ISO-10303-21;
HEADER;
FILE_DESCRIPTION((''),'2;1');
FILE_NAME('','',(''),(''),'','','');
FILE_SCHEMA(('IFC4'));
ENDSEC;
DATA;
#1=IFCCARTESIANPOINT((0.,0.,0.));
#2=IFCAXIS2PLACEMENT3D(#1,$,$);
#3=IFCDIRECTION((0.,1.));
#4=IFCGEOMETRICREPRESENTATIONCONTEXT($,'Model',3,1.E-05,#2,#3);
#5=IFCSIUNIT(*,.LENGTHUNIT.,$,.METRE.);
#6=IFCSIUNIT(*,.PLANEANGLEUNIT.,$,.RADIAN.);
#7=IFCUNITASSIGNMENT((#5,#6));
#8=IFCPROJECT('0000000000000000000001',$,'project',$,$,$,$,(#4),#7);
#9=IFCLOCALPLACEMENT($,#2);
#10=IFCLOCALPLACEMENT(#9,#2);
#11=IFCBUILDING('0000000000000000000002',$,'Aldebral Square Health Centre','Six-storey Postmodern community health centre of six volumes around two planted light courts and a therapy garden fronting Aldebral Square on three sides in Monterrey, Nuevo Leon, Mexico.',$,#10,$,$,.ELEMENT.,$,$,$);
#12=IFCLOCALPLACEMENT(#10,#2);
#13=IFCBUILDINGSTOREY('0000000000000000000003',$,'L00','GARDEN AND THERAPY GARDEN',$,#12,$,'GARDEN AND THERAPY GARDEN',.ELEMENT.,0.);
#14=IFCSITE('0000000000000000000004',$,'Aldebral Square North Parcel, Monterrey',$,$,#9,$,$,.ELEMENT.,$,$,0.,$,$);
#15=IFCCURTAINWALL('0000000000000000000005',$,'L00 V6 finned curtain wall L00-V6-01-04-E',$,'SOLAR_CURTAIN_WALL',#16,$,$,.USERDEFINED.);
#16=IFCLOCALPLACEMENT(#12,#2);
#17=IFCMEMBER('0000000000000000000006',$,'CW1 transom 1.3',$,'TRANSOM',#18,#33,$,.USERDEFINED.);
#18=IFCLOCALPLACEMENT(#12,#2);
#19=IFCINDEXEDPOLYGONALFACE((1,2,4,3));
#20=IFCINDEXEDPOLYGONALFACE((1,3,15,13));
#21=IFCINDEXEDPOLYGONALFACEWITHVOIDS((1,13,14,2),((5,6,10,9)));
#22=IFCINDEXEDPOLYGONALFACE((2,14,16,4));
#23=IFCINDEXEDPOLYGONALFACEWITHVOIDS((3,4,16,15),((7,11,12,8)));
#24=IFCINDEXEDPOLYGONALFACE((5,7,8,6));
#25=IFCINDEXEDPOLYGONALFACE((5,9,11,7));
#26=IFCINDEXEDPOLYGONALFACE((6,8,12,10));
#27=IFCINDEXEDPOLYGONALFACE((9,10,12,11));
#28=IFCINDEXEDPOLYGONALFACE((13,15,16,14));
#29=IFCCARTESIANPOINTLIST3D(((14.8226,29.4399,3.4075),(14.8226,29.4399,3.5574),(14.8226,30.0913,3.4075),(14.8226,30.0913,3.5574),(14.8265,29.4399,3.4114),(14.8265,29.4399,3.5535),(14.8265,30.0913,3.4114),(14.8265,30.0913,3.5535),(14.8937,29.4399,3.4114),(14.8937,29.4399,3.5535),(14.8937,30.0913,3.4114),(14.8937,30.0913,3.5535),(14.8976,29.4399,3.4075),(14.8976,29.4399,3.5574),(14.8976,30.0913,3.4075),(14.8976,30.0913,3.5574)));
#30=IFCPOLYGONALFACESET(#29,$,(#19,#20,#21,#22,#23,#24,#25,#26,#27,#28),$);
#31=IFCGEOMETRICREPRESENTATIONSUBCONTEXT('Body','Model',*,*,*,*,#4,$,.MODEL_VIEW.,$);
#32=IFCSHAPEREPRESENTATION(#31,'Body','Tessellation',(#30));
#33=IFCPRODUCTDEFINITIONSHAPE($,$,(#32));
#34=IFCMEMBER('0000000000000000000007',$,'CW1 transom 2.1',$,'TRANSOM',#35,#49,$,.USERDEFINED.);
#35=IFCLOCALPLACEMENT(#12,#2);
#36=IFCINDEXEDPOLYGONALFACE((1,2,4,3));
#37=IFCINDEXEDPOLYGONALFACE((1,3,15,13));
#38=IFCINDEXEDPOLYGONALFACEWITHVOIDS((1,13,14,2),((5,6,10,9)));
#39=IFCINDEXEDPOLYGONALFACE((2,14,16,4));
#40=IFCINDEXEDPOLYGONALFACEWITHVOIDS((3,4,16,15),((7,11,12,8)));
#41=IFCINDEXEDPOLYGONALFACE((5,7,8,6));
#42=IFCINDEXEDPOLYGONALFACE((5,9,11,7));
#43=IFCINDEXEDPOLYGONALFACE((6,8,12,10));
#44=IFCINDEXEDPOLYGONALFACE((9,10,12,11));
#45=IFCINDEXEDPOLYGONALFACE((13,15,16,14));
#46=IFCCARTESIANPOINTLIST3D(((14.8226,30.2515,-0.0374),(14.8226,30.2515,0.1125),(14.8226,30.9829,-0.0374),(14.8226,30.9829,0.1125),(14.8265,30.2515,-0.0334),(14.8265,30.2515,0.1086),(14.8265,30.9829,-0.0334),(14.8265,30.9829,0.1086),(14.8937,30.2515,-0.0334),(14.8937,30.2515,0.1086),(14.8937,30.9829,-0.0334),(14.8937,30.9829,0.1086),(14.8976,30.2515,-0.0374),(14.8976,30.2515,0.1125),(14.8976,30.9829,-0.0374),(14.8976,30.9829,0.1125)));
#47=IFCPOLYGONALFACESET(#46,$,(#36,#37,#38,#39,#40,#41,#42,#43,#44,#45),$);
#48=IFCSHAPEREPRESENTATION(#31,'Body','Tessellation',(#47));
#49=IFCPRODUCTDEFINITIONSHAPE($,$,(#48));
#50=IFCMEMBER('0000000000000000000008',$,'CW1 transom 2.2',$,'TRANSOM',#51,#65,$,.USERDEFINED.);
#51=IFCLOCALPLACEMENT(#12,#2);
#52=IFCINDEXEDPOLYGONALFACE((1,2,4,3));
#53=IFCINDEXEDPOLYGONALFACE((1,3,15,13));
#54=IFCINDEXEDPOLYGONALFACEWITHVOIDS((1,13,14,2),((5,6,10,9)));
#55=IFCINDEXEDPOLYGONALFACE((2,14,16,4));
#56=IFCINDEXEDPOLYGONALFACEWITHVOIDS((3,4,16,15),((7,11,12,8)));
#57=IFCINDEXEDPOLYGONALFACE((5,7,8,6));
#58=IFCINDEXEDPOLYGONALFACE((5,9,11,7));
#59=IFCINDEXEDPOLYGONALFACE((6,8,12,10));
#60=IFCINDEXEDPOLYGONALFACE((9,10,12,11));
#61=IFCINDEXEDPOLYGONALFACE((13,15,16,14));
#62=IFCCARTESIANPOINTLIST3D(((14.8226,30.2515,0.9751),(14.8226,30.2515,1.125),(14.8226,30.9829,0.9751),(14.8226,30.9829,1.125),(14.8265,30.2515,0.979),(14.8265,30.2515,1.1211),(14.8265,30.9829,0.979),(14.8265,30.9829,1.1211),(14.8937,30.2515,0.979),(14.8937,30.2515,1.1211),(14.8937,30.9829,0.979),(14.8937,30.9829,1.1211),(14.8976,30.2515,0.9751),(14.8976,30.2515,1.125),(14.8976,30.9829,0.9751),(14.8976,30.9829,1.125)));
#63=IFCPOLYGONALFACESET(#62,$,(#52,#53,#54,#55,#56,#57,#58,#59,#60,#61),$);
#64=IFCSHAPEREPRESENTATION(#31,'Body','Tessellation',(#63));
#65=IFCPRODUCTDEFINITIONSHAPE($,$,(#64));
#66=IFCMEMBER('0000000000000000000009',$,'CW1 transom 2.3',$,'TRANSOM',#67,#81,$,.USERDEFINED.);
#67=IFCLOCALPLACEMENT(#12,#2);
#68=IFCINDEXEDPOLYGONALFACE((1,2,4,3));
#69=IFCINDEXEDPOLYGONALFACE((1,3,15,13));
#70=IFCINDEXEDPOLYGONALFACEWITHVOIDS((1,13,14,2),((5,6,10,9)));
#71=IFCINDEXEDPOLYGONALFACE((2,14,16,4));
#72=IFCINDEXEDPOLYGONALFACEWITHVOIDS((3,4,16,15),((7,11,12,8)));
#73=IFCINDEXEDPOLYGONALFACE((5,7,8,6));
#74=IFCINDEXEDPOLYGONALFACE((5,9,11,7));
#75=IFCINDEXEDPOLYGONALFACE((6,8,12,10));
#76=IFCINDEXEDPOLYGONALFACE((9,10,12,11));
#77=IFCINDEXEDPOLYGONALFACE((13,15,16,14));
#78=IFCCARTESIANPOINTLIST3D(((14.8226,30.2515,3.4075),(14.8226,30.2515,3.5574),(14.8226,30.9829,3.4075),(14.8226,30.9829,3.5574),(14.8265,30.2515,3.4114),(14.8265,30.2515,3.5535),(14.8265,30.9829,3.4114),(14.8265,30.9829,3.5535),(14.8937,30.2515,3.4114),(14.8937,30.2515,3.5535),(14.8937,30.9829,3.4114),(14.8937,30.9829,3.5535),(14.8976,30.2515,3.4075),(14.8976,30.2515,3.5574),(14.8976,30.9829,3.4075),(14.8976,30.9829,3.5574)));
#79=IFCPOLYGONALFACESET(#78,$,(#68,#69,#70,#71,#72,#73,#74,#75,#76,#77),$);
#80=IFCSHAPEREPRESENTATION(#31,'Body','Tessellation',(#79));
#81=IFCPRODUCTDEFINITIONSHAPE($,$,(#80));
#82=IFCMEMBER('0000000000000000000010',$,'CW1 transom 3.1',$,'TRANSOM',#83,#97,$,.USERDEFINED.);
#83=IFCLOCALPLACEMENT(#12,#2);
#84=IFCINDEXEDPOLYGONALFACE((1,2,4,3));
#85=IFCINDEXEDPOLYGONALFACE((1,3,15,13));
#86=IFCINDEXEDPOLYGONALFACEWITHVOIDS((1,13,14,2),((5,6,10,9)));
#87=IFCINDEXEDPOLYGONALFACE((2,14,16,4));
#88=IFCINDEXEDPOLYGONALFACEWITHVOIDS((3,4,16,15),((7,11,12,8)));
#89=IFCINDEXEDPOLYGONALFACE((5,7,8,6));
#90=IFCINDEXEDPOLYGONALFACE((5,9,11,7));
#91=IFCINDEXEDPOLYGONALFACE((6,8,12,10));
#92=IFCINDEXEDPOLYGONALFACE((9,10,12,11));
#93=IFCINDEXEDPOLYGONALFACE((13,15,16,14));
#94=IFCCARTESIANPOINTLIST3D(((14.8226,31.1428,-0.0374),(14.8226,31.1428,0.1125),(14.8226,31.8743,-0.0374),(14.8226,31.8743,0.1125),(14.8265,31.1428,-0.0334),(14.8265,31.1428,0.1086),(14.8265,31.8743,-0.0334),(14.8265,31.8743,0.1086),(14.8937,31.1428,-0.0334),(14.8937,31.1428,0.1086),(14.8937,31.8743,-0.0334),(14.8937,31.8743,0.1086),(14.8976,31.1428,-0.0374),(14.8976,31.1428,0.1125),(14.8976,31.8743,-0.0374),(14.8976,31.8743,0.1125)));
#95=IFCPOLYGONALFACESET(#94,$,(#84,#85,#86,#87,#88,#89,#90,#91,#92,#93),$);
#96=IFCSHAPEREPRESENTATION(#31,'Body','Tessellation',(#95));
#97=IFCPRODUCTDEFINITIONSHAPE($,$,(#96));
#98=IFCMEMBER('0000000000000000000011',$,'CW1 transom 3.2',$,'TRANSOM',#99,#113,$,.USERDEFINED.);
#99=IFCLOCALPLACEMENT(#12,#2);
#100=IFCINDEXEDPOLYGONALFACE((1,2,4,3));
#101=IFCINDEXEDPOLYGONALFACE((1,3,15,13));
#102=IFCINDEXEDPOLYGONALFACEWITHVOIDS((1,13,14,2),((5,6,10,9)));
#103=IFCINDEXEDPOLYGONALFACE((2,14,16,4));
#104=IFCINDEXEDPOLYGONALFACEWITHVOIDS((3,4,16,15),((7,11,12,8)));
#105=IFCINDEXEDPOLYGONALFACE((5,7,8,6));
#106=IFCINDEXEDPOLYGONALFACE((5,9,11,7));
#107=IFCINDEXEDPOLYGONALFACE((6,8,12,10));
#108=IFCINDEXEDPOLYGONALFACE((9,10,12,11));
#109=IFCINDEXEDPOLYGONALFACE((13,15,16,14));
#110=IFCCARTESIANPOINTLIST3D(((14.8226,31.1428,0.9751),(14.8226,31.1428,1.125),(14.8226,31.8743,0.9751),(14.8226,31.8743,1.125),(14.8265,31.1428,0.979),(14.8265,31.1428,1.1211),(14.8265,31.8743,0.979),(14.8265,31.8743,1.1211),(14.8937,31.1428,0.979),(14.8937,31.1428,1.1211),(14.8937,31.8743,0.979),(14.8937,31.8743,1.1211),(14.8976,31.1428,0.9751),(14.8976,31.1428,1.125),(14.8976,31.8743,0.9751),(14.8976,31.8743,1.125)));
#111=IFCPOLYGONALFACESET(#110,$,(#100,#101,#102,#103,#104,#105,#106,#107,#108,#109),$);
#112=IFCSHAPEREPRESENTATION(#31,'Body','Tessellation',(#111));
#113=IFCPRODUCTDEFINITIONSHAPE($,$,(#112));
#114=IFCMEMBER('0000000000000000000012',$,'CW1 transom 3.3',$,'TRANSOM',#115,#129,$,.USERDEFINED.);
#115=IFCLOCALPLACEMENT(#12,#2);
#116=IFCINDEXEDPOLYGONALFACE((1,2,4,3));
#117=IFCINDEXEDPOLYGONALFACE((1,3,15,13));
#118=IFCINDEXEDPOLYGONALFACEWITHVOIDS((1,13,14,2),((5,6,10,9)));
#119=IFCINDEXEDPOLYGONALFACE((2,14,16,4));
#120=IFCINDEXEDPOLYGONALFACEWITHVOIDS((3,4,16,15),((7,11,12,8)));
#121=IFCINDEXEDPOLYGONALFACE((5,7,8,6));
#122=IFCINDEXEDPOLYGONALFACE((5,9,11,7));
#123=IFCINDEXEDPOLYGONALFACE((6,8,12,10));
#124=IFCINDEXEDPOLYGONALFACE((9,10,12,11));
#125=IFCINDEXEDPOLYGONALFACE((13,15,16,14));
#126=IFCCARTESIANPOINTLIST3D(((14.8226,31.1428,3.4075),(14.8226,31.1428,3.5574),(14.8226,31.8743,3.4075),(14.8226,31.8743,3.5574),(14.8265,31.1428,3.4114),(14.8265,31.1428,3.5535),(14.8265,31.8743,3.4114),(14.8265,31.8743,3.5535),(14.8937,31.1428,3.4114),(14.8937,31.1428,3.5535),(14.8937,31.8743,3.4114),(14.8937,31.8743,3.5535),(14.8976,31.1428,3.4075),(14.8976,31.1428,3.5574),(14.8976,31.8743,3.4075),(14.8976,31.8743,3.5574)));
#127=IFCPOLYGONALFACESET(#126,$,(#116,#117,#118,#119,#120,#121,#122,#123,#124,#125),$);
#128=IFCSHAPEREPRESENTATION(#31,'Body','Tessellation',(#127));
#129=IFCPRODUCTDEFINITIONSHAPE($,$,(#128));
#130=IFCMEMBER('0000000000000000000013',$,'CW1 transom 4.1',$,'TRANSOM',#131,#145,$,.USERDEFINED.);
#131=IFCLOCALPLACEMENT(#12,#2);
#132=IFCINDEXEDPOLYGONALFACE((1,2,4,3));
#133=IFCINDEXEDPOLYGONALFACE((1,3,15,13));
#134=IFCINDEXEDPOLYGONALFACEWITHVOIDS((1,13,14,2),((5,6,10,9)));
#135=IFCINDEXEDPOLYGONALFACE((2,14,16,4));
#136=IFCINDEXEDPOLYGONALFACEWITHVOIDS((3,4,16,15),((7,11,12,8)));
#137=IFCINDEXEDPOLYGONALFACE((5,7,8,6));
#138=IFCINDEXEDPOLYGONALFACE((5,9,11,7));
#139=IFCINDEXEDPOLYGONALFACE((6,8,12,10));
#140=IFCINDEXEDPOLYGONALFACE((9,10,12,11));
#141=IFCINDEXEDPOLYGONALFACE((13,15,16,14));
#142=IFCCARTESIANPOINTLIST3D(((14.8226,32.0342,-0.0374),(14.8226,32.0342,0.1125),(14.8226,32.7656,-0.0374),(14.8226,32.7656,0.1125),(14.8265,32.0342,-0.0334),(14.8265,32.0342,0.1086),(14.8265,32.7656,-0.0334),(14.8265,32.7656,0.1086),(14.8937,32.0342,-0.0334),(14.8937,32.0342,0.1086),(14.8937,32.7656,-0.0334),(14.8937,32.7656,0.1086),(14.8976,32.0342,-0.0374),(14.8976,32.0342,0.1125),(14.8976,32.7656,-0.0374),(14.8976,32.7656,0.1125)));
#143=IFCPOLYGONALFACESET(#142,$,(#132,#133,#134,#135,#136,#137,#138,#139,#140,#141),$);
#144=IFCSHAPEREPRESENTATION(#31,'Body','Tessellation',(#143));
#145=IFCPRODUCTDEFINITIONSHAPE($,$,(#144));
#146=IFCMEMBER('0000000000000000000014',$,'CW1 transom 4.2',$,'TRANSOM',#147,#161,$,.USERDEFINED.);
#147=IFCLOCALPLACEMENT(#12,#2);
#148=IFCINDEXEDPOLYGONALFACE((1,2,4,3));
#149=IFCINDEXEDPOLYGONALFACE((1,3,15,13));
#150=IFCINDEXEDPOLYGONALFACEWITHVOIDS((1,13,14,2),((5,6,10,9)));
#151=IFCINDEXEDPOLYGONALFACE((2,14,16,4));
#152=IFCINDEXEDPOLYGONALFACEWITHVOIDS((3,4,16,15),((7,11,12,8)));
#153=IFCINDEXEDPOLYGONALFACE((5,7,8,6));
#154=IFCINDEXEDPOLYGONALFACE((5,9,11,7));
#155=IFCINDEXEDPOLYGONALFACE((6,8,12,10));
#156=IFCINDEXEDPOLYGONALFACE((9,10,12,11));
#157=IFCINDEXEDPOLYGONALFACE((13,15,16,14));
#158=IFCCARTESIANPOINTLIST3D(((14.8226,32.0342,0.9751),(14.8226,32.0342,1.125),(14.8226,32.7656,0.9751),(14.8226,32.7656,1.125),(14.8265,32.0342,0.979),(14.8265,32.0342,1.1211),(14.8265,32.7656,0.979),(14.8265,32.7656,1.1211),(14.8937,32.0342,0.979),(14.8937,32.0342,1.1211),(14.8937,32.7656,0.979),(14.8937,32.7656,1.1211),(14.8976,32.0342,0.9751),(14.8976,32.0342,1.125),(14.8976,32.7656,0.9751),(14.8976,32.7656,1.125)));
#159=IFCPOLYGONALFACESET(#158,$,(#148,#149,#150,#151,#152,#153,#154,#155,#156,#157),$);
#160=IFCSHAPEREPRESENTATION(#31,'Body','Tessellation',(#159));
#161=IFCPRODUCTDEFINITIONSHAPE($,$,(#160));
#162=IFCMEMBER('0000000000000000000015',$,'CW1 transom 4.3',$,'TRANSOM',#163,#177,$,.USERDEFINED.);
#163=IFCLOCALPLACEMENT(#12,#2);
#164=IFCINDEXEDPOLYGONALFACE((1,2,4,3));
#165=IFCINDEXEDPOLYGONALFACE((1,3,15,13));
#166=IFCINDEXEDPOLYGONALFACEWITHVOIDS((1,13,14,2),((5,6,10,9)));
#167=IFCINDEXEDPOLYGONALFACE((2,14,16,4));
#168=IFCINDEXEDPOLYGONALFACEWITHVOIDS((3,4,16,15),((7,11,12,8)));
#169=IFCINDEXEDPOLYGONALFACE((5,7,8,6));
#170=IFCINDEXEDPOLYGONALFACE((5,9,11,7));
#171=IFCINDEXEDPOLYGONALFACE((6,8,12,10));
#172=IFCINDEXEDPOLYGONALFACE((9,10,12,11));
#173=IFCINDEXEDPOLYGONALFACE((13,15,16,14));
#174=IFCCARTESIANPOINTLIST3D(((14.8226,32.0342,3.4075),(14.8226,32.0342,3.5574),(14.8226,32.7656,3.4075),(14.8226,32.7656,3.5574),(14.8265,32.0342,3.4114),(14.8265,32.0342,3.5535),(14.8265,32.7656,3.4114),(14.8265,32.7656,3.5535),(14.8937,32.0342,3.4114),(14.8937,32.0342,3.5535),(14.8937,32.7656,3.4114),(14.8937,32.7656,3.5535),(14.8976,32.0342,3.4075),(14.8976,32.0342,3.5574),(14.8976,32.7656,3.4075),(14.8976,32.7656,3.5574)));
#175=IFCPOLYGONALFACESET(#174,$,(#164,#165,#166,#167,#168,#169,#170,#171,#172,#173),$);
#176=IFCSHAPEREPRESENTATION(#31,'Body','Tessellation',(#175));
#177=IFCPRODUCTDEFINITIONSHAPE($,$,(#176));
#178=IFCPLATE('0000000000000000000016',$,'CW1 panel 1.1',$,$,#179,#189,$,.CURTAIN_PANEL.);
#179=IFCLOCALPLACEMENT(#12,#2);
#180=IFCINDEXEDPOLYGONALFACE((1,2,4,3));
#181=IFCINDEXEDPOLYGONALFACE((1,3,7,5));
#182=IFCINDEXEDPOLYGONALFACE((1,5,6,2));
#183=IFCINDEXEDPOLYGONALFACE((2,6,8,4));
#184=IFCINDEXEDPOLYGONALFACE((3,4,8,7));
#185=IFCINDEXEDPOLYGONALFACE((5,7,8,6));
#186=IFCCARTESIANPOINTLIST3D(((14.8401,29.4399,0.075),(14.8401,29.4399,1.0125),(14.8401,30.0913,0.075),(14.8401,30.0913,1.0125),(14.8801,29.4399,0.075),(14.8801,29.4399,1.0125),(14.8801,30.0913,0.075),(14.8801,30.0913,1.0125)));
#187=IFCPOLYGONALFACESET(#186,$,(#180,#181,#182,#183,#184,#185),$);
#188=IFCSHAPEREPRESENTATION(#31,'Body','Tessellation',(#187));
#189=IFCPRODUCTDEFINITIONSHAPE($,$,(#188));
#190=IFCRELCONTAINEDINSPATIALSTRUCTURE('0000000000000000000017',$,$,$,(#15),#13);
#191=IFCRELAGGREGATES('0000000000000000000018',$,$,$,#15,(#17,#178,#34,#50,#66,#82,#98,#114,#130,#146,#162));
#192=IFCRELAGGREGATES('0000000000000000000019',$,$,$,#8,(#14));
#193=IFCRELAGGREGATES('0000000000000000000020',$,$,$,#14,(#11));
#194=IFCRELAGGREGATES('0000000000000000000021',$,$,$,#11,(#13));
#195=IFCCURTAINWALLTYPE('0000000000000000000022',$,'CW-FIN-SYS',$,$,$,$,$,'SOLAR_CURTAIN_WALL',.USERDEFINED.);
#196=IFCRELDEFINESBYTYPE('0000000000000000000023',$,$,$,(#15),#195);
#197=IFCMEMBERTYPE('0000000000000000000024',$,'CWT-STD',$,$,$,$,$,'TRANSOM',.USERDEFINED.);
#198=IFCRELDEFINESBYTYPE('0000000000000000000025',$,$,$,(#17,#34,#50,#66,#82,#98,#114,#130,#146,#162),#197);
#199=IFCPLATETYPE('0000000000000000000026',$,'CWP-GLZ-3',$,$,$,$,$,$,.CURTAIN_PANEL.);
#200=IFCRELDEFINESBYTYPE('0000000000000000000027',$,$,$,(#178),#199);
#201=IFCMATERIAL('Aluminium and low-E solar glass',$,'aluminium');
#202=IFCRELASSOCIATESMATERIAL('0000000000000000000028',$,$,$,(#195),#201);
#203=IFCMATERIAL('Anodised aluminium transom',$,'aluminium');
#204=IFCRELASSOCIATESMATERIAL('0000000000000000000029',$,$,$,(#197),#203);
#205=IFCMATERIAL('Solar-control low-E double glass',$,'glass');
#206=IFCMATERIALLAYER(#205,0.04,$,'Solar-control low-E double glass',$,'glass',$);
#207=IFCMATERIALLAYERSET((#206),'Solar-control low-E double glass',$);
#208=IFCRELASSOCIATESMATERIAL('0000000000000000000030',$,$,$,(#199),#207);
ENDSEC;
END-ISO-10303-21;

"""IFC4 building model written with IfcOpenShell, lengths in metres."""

from ifc_helpers import new_model, si_unit, direction, frame, origin, origin_2d, place, context, subcontext, project, spatial, rectangle, hollow_rectangle, extrude, material, layer, layer_set, material_profile, profile_set, type_object, element, aggregate, save


model = new_model("IFC4")

# Units and contexts
model_context = context("Model", 3, precision=1e-05, world=origin(), true_north=direction((0.0, 1.0)))
body_context = subcontext(model_context, "Body", "Model", "MODEL_VIEW")
ifc_project = project(units=[si_unit("LENGTHUNIT", "METRE"), si_unit("PLANEANGLEUNIT", "RADIAN")], contexts=[model_context])

# Site, building, storey
site_placement = place(None, origin())
site = spatial("IfcSite", under=ifc_project, at=site_placement, Name="Aldebral Square North Parcel, Monterrey", CompositionType="ELEMENT", RefElevation=0.0)
building_placement = place(site_placement, origin())
building = spatial("IfcBuilding", under=site, at=building_placement, Name="Aldebral Square Health Centre", Description="Six-storey Postmodern community health centre of six volumes around two planted light courts and a therapy garden fronting Aldebral Square on three sides in Monterrey, Nuevo Leon, Mexico.", CompositionType="ELEMENT")
storey_placement = place(building_placement, origin())
storey = spatial("IfcBuildingStorey", under=building, at=storey_placement, Name="L00", Description="GARDEN AND THERAPY GARDEN", LongName="GARDEN AND THERAPY GARDEN", CompositionType="ELEMENT", Elevation=0.0)

# Curtain wall, members, plate
ifc_material_1 = material(Name="Aluminium and low-E solar glass", Category="aluminium")
curtain_wall_type = type_object("IfcCurtainWallType", Name="CW-FIN-SYS", ElementType="SOLAR_CURTAIN_WALL", PredefinedType="USERDEFINED", material=ifc_material_1)
curtain_wall_placement = place(storey_placement, origin())
curtain_wall = element("IfcCurtainWall", 1, at=curtain_wall_placement, inside=storey, type_object=curtain_wall_type, Name="L00 V6 finned curtain wall L00-V6-01-04-E", ObjectType="SOLAR_CURTAIN_WALL", PredefinedType="USERDEFINED")
ifc_material_2 = material(Name="Anodised aluminium transom", Category="aluminium")
ifc_material_profile_1 = material_profile(ifc_material_2, hollow_rectangle(XDim=0.075, YDim=0.1499, WallThickness=0.0039, at=origin_2d()), Name="CWT 75x150x4")
ifc_profile_set_1 = profile_set([ifc_material_profile_1], Name="Anodised aluminium transom")
member_type_1 = type_object("IfcMemberType", Name="CWT-STD", ElementType="TRANSOM", PredefinedType="USERDEFINED", material=ifc_profile_set_1)
member_1_placement = place(storey_placement, frame((14.8601, 29.4399, 3.4824), z_axis=(0.0, 1.0, 0.0), x_axis=(-1.0, 0.0, 0.0)))
member_1 = element("IfcMember", 2, at=member_1_placement, type_object=member_type_1, Name="CW1 transom 1.3", ObjectType="TRANSOM", PredefinedType="USERDEFINED", context=body_context, shape_type="SweptSolid", body=[
    extrude(hollow_rectangle(XDim=0.075, YDim=0.1499, WallThickness=0.0039, at=origin_2d()), origin(), (0.0, 0.0, 1.0), 0.6514),
])
member_2_placement = place(storey_placement, frame((14.8601, 30.2515, 0.0376), z_axis=(0.0, 1.0, 0.0), x_axis=(-1.0, 0.0, 0.0)))
member_2 = element("IfcMember", 3, at=member_2_placement, type_object=member_type_1, Name="CW1 transom 2.1", ObjectType="TRANSOM", PredefinedType="USERDEFINED", context=body_context, shape_type="SweptSolid", body=[
    extrude(hollow_rectangle(XDim=0.075, YDim=0.1499, WallThickness=0.0039, at=origin_2d()), origin(), (0.0, 0.0, 1.0), 0.7314),
])
member_3_placement = place(storey_placement, frame((14.8601, 30.2515, 1.05), z_axis=(0.0, 1.0, 0.0), x_axis=(-1.0, 0.0, 0.0)))
member_3 = element("IfcMember", 4, at=member_3_placement, type_object=member_type_1, Name="CW1 transom 2.2", ObjectType="TRANSOM", PredefinedType="USERDEFINED", context=body_context, shape_type="SweptSolid", body=[
    extrude(hollow_rectangle(XDim=0.075, YDim=0.1499, WallThickness=0.0039, at=origin_2d()), origin(), (0.0, 0.0, 1.0), 0.7314),
])
member_4_placement = place(storey_placement, frame((14.8601, 30.2515, 3.4824), z_axis=(0.0, 1.0, 0.0), x_axis=(-1.0, 0.0, 0.0)))
member_4 = element("IfcMember", 5, at=member_4_placement, type_object=member_type_1, Name="CW1 transom 2.3", ObjectType="TRANSOM", PredefinedType="USERDEFINED", context=body_context, shape_type="SweptSolid", body=[
    extrude(hollow_rectangle(XDim=0.075, YDim=0.1499, WallThickness=0.0039, at=origin_2d()), origin(), (0.0, 0.0, 1.0), 0.7314),
])
member_5_placement = place(storey_placement, frame((14.8601, 31.1428, 0.0376), z_axis=(0.0, 1.0, 0.0), x_axis=(-1.0, 0.0, 0.0)))
member_5 = element("IfcMember", 6, at=member_5_placement, type_object=member_type_1, Name="CW1 transom 3.1", ObjectType="TRANSOM", PredefinedType="USERDEFINED", context=body_context, shape_type="SweptSolid", body=[
    extrude(hollow_rectangle(XDim=0.075, YDim=0.1499, WallThickness=0.0039, at=origin_2d()), origin(), (0.0, 0.0, 1.0), 0.7314),
])
member_6_placement = place(storey_placement, frame((14.8601, 31.1428, 1.05), z_axis=(0.0, 1.0, 0.0), x_axis=(-1.0, 0.0, 0.0)))
member_6 = element("IfcMember", 7, at=member_6_placement, type_object=member_type_1, Name="CW1 transom 3.2", ObjectType="TRANSOM", PredefinedType="USERDEFINED", context=body_context, shape_type="SweptSolid", body=[
    extrude(hollow_rectangle(XDim=0.075, YDim=0.1499, WallThickness=0.0039, at=origin_2d()), origin(), (0.0, 0.0, 1.0), 0.7314),
])
member_7_placement = place(storey_placement, frame((14.8601, 31.1428, 3.4824), z_axis=(0.0, 1.0, 0.0), x_axis=(-1.0, 0.0, 0.0)))
member_7 = element("IfcMember", 8, at=member_7_placement, type_object=member_type_1, Name="CW1 transom 3.3", ObjectType="TRANSOM", PredefinedType="USERDEFINED", context=body_context, shape_type="SweptSolid", body=[
    extrude(hollow_rectangle(XDim=0.075, YDim=0.1499, WallThickness=0.0039, at=origin_2d()), origin(), (0.0, 0.0, 1.0), 0.7314),
])
member_8_placement = place(storey_placement, frame((14.8601, 32.0342, 0.0376), z_axis=(0.0, 1.0, 0.0), x_axis=(-1.0, 0.0, 0.0)))
member_8 = element("IfcMember", 9, at=member_8_placement, type_object=member_type_1, Name="CW1 transom 4.1", ObjectType="TRANSOM", PredefinedType="USERDEFINED", context=body_context, shape_type="SweptSolid", body=[
    extrude(hollow_rectangle(XDim=0.075, YDim=0.1499, WallThickness=0.0039, at=origin_2d()), origin(), (0.0, 0.0, 1.0), 0.7314),
])
member_9_placement = place(storey_placement, frame((14.8601, 32.0342, 1.05), z_axis=(0.0, 1.0, 0.0), x_axis=(-1.0, 0.0, 0.0)))
member_9 = element("IfcMember", 10, at=member_9_placement, type_object=member_type_1, Name="CW1 transom 4.2", ObjectType="TRANSOM", PredefinedType="USERDEFINED", context=body_context, shape_type="SweptSolid", body=[
    extrude(hollow_rectangle(XDim=0.075, YDim=0.1499, WallThickness=0.0039, at=origin_2d()), origin(), (0.0, 0.0, 1.0), 0.7314),
])
member_10_placement = place(storey_placement, frame((14.8601, 32.0342, 3.4824), z_axis=(0.0, 1.0, 0.0), x_axis=(-1.0, 0.0, 0.0)))
member_10 = element("IfcMember", 11, at=member_10_placement, type_object=member_type_1, Name="CW1 transom 4.3", ObjectType="TRANSOM", PredefinedType="USERDEFINED", context=body_context, shape_type="SweptSolid", body=[
    extrude(hollow_rectangle(XDim=0.075, YDim=0.1499, WallThickness=0.0039, at=origin_2d()), origin(), (0.0, 0.0, 1.0), 0.7314),
])
ifc_material_3 = material(Name="Solar-control low-E double glass", Category="glass")
ifc_layer_1 = layer(ifc_material_3, 0.04, Name="Solar-control low-E double glass", Category="glass")
ifc_layer_set_1 = layer_set([ifc_layer_1], Name="Solar-control low-E double glass")
plate_type = type_object("IfcPlateType", Name="CWP-GLZ-3", PredefinedType="CURTAIN_PANEL", material=ifc_layer_set_1)
plate_1_placement = place(storey_placement, frame((14.8601, 29.7656, 0.075), z_axis=(0.0, 0.0, 1.0), x_axis=(0.0, 1.0, 0.0)))
plate_1 = element("IfcPlate", 12, at=plate_1_placement, type_object=plate_type, Name="CW1 panel 1.1", PredefinedType="CURTAIN_PANEL", context=body_context, shape_type="SweptSolid", body=[
    extrude(rectangle(XDim=0.6514, YDim=0.04, at=origin_2d()), origin(), (0.0, 0.0, 1.0), 0.9375),
])
aggregate(curtain_wall, [member_1, plate_1, member_2, member_3, member_4, member_5, member_6, member_7, member_8, member_9, member_10])

save(model, "model.ifc")
